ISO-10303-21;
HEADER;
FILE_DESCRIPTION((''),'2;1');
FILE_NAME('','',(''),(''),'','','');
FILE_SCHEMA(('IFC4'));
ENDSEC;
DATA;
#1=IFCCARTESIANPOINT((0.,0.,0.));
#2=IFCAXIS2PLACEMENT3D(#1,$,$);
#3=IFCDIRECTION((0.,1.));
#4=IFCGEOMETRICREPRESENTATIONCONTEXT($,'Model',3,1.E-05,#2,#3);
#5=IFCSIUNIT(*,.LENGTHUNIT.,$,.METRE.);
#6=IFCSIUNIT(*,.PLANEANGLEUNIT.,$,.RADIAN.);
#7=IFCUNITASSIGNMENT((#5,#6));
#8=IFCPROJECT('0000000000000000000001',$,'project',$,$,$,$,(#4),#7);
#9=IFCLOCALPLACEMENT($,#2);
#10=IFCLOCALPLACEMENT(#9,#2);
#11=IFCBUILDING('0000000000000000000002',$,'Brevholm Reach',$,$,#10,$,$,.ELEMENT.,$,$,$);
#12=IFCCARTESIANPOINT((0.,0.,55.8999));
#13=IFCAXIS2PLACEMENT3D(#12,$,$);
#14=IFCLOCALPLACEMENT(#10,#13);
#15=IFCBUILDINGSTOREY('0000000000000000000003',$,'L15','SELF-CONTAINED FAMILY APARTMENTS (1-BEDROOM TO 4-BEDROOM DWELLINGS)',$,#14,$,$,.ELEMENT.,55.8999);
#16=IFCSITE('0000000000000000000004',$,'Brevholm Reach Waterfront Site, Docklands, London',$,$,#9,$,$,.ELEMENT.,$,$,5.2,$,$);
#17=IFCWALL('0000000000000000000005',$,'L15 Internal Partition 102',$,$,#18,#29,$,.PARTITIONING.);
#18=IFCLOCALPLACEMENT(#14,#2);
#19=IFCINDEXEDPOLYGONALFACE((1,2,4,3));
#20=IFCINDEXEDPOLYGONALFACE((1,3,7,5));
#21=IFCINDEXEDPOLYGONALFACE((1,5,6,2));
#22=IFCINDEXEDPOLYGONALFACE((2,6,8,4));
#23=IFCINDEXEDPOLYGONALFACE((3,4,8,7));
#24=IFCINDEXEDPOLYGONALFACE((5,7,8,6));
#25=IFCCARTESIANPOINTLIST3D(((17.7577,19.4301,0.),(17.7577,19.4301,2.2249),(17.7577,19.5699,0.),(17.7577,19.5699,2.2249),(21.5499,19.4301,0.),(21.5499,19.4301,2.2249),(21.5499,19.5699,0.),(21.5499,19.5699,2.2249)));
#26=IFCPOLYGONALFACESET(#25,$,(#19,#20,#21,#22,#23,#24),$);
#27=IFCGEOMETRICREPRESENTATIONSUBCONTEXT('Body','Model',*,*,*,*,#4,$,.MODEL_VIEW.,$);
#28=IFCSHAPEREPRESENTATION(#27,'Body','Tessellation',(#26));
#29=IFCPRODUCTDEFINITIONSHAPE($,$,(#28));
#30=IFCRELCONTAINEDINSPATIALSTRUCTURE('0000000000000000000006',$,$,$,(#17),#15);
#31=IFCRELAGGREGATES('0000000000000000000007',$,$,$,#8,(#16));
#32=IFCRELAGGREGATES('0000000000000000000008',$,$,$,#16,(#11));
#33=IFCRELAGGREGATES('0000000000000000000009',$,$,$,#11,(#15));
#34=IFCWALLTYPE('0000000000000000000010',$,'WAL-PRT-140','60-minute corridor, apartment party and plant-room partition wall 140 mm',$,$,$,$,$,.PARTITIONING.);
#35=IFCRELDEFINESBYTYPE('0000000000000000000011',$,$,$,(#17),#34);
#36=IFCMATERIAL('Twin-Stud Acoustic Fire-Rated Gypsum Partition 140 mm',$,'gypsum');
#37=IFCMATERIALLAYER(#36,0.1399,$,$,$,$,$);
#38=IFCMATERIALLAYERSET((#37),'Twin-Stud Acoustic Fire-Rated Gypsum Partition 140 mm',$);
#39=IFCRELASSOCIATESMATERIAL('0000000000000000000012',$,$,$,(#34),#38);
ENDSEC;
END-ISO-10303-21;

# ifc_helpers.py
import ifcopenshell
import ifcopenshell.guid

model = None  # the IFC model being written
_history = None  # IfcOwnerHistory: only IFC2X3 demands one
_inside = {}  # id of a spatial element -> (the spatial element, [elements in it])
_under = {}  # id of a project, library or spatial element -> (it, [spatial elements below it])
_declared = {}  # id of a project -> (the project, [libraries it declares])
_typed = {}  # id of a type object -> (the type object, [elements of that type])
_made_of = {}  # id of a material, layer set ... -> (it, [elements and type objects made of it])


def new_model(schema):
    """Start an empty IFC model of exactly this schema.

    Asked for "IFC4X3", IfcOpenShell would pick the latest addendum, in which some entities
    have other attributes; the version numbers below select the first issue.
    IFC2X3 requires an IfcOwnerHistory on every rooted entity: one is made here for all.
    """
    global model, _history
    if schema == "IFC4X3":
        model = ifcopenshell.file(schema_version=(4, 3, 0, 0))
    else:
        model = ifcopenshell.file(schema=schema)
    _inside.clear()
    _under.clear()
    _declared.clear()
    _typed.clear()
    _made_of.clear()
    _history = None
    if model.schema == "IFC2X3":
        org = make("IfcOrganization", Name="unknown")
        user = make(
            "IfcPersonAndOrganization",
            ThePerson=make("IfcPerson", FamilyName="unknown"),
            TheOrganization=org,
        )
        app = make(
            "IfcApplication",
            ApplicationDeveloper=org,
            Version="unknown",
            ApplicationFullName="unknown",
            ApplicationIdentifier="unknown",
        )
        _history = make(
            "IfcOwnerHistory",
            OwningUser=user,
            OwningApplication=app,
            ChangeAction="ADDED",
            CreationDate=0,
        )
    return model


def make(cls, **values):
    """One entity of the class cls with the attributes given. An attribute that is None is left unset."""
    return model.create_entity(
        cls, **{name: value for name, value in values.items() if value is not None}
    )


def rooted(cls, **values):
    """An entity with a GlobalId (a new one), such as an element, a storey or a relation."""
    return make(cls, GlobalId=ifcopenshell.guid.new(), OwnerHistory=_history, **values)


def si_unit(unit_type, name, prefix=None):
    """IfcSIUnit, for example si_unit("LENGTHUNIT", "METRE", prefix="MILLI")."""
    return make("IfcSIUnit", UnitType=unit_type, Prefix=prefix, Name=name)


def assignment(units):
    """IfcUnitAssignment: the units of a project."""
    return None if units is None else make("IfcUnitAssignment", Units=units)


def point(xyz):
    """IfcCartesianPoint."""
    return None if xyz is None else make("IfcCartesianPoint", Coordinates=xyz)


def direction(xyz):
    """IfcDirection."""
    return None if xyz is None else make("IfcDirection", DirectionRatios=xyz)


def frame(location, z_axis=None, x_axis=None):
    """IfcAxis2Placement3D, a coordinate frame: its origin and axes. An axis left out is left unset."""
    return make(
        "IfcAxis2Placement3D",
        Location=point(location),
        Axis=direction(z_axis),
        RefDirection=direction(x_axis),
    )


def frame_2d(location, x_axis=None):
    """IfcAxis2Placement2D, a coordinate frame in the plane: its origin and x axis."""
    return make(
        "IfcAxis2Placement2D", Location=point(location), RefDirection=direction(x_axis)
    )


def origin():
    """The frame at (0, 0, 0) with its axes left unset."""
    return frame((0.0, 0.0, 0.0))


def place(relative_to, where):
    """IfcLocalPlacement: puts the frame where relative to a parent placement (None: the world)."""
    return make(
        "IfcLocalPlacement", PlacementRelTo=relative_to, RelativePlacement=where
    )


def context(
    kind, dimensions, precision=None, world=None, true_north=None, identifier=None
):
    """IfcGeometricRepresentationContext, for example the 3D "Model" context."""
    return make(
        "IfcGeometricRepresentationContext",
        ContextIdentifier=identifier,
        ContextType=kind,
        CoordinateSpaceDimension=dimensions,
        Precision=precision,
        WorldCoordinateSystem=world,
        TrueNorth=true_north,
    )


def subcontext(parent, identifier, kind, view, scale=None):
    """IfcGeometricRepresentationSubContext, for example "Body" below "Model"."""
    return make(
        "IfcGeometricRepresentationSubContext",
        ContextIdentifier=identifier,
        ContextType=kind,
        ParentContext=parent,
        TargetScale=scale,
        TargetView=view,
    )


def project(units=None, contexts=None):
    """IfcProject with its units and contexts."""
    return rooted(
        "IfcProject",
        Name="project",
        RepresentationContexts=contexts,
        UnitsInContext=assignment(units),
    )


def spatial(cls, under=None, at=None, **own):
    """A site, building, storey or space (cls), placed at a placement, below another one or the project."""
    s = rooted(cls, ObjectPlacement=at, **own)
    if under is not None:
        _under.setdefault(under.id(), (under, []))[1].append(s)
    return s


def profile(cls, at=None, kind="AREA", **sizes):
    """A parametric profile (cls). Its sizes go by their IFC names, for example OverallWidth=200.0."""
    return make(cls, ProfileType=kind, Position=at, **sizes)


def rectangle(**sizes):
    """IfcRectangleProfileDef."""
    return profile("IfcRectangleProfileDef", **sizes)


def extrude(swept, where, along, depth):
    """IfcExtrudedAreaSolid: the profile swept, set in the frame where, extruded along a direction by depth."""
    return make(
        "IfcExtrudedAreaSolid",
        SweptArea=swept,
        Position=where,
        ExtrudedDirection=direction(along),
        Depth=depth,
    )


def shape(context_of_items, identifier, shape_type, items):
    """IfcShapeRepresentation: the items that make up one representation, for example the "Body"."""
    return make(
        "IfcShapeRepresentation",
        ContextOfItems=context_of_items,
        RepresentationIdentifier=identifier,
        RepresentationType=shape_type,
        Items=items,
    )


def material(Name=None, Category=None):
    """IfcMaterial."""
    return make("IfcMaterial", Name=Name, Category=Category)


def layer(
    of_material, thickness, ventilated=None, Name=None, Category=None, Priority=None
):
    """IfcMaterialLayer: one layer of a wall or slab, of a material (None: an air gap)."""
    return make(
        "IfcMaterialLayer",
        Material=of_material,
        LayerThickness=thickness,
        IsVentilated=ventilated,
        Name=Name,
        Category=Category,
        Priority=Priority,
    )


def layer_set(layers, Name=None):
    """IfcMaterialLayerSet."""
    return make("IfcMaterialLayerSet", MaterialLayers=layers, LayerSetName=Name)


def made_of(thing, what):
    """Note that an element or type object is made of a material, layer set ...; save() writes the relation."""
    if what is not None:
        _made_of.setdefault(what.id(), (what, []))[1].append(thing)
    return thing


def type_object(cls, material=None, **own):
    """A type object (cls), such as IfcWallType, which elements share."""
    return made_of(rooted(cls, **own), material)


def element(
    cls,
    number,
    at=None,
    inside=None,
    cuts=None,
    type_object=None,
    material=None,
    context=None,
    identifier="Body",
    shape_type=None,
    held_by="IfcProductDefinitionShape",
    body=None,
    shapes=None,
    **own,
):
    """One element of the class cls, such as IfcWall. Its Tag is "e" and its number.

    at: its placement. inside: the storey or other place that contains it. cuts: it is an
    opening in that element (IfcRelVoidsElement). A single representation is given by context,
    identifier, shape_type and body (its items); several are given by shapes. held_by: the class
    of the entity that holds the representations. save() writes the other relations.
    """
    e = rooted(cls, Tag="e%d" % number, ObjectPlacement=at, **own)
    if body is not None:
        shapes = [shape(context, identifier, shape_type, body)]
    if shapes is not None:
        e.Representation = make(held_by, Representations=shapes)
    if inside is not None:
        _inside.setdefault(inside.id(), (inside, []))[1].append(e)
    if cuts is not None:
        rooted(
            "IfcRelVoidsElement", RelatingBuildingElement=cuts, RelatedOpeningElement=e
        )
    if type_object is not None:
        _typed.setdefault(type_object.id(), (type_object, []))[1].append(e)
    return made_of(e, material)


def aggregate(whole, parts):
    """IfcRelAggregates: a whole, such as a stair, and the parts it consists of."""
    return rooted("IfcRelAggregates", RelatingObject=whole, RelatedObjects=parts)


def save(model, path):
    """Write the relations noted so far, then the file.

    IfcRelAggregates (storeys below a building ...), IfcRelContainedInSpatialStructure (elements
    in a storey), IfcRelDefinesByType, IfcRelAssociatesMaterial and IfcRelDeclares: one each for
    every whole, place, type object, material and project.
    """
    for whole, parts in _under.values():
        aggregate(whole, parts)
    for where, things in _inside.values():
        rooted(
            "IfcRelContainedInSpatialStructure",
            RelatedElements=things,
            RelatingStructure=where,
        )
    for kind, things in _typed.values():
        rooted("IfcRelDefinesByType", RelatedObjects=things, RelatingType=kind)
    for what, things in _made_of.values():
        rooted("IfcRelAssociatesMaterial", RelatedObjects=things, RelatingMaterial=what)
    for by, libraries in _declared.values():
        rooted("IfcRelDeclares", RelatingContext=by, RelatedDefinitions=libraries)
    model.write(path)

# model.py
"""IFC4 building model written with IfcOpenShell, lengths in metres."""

from ifc_helpers import new_model, si_unit, direction, frame, frame_2d, origin, place, context, subcontext, project, spatial, rectangle, extrude, material, layer, layer_set, type_object, element, save


model = new_model("IFC4")

# Units and contexts
model_context = context("Model", 3, precision=1e-05, world=origin(), true_north=direction((0.0, 1.0)))
body_context = subcontext(model_context, "Body", "Model", "MODEL_VIEW")
ifc_project = project(units=[si_unit("LENGTHUNIT", "METRE"), si_unit("PLANEANGLEUNIT", "RADIAN")], contexts=[model_context])

# Site, building, storey
site_placement = place(None, origin())
site = spatial("IfcSite", under=ifc_project, at=site_placement, Name="Brevholm Reach Waterfront Site, Docklands, London", CompositionType="ELEMENT", RefElevation=5.2)
building_placement = place(site_placement, origin())
building = spatial("IfcBuilding", under=site, at=building_placement, Name="Brevholm Reach", CompositionType="ELEMENT")
storey_placement = place(building_placement, frame((0.0, 0.0, 55.8999)))
storey = spatial("IfcBuildingStorey", under=building, at=storey_placement, Name="L15", Description="SELF-CONTAINED FAMILY APARTMENTS (1-BEDROOM TO 4-BEDROOM DWELLINGS)", CompositionType="ELEMENT", Elevation=55.8999)

# Wall
ifc_material_1 = material(Name="Twin-Stud Acoustic Fire-Rated Gypsum Partition 140 mm", Category="gypsum")
ifc_layer_1 = layer(ifc_material_1, 0.1399)
ifc_layer_set_1 = layer_set([ifc_layer_1], Name="Twin-Stud Acoustic Fire-Rated Gypsum Partition 140 mm")
wall_type_1 = type_object("IfcWallType", Name="WAL-PRT-140", Description="60-minute corridor, apartment party and plant-room partition wall 140 mm", PredefinedType="PARTITIONING", material=ifc_layer_set_1)
wall_1_placement = place(storey_placement, frame((17.7578, 19.5, 0.0), z_axis=(0.0, 0.0, 1.0), x_axis=(1.0, 0.0, 0.0)))
element("IfcWall", 1, at=wall_1_placement, inside=storey, type_object=wall_type_1, Name="L15 Internal Partition 102", PredefinedType="PARTITIONING", context=body_context, shape_type="SweptSolid", body=[
    extrude(rectangle(XDim=3.7922, YDim=0.1399, at=frame_2d((1.896, 0.0))), origin(), (0.0, 0.0, 1.0), 2.2249),
])

save(model, "model.ifc")
